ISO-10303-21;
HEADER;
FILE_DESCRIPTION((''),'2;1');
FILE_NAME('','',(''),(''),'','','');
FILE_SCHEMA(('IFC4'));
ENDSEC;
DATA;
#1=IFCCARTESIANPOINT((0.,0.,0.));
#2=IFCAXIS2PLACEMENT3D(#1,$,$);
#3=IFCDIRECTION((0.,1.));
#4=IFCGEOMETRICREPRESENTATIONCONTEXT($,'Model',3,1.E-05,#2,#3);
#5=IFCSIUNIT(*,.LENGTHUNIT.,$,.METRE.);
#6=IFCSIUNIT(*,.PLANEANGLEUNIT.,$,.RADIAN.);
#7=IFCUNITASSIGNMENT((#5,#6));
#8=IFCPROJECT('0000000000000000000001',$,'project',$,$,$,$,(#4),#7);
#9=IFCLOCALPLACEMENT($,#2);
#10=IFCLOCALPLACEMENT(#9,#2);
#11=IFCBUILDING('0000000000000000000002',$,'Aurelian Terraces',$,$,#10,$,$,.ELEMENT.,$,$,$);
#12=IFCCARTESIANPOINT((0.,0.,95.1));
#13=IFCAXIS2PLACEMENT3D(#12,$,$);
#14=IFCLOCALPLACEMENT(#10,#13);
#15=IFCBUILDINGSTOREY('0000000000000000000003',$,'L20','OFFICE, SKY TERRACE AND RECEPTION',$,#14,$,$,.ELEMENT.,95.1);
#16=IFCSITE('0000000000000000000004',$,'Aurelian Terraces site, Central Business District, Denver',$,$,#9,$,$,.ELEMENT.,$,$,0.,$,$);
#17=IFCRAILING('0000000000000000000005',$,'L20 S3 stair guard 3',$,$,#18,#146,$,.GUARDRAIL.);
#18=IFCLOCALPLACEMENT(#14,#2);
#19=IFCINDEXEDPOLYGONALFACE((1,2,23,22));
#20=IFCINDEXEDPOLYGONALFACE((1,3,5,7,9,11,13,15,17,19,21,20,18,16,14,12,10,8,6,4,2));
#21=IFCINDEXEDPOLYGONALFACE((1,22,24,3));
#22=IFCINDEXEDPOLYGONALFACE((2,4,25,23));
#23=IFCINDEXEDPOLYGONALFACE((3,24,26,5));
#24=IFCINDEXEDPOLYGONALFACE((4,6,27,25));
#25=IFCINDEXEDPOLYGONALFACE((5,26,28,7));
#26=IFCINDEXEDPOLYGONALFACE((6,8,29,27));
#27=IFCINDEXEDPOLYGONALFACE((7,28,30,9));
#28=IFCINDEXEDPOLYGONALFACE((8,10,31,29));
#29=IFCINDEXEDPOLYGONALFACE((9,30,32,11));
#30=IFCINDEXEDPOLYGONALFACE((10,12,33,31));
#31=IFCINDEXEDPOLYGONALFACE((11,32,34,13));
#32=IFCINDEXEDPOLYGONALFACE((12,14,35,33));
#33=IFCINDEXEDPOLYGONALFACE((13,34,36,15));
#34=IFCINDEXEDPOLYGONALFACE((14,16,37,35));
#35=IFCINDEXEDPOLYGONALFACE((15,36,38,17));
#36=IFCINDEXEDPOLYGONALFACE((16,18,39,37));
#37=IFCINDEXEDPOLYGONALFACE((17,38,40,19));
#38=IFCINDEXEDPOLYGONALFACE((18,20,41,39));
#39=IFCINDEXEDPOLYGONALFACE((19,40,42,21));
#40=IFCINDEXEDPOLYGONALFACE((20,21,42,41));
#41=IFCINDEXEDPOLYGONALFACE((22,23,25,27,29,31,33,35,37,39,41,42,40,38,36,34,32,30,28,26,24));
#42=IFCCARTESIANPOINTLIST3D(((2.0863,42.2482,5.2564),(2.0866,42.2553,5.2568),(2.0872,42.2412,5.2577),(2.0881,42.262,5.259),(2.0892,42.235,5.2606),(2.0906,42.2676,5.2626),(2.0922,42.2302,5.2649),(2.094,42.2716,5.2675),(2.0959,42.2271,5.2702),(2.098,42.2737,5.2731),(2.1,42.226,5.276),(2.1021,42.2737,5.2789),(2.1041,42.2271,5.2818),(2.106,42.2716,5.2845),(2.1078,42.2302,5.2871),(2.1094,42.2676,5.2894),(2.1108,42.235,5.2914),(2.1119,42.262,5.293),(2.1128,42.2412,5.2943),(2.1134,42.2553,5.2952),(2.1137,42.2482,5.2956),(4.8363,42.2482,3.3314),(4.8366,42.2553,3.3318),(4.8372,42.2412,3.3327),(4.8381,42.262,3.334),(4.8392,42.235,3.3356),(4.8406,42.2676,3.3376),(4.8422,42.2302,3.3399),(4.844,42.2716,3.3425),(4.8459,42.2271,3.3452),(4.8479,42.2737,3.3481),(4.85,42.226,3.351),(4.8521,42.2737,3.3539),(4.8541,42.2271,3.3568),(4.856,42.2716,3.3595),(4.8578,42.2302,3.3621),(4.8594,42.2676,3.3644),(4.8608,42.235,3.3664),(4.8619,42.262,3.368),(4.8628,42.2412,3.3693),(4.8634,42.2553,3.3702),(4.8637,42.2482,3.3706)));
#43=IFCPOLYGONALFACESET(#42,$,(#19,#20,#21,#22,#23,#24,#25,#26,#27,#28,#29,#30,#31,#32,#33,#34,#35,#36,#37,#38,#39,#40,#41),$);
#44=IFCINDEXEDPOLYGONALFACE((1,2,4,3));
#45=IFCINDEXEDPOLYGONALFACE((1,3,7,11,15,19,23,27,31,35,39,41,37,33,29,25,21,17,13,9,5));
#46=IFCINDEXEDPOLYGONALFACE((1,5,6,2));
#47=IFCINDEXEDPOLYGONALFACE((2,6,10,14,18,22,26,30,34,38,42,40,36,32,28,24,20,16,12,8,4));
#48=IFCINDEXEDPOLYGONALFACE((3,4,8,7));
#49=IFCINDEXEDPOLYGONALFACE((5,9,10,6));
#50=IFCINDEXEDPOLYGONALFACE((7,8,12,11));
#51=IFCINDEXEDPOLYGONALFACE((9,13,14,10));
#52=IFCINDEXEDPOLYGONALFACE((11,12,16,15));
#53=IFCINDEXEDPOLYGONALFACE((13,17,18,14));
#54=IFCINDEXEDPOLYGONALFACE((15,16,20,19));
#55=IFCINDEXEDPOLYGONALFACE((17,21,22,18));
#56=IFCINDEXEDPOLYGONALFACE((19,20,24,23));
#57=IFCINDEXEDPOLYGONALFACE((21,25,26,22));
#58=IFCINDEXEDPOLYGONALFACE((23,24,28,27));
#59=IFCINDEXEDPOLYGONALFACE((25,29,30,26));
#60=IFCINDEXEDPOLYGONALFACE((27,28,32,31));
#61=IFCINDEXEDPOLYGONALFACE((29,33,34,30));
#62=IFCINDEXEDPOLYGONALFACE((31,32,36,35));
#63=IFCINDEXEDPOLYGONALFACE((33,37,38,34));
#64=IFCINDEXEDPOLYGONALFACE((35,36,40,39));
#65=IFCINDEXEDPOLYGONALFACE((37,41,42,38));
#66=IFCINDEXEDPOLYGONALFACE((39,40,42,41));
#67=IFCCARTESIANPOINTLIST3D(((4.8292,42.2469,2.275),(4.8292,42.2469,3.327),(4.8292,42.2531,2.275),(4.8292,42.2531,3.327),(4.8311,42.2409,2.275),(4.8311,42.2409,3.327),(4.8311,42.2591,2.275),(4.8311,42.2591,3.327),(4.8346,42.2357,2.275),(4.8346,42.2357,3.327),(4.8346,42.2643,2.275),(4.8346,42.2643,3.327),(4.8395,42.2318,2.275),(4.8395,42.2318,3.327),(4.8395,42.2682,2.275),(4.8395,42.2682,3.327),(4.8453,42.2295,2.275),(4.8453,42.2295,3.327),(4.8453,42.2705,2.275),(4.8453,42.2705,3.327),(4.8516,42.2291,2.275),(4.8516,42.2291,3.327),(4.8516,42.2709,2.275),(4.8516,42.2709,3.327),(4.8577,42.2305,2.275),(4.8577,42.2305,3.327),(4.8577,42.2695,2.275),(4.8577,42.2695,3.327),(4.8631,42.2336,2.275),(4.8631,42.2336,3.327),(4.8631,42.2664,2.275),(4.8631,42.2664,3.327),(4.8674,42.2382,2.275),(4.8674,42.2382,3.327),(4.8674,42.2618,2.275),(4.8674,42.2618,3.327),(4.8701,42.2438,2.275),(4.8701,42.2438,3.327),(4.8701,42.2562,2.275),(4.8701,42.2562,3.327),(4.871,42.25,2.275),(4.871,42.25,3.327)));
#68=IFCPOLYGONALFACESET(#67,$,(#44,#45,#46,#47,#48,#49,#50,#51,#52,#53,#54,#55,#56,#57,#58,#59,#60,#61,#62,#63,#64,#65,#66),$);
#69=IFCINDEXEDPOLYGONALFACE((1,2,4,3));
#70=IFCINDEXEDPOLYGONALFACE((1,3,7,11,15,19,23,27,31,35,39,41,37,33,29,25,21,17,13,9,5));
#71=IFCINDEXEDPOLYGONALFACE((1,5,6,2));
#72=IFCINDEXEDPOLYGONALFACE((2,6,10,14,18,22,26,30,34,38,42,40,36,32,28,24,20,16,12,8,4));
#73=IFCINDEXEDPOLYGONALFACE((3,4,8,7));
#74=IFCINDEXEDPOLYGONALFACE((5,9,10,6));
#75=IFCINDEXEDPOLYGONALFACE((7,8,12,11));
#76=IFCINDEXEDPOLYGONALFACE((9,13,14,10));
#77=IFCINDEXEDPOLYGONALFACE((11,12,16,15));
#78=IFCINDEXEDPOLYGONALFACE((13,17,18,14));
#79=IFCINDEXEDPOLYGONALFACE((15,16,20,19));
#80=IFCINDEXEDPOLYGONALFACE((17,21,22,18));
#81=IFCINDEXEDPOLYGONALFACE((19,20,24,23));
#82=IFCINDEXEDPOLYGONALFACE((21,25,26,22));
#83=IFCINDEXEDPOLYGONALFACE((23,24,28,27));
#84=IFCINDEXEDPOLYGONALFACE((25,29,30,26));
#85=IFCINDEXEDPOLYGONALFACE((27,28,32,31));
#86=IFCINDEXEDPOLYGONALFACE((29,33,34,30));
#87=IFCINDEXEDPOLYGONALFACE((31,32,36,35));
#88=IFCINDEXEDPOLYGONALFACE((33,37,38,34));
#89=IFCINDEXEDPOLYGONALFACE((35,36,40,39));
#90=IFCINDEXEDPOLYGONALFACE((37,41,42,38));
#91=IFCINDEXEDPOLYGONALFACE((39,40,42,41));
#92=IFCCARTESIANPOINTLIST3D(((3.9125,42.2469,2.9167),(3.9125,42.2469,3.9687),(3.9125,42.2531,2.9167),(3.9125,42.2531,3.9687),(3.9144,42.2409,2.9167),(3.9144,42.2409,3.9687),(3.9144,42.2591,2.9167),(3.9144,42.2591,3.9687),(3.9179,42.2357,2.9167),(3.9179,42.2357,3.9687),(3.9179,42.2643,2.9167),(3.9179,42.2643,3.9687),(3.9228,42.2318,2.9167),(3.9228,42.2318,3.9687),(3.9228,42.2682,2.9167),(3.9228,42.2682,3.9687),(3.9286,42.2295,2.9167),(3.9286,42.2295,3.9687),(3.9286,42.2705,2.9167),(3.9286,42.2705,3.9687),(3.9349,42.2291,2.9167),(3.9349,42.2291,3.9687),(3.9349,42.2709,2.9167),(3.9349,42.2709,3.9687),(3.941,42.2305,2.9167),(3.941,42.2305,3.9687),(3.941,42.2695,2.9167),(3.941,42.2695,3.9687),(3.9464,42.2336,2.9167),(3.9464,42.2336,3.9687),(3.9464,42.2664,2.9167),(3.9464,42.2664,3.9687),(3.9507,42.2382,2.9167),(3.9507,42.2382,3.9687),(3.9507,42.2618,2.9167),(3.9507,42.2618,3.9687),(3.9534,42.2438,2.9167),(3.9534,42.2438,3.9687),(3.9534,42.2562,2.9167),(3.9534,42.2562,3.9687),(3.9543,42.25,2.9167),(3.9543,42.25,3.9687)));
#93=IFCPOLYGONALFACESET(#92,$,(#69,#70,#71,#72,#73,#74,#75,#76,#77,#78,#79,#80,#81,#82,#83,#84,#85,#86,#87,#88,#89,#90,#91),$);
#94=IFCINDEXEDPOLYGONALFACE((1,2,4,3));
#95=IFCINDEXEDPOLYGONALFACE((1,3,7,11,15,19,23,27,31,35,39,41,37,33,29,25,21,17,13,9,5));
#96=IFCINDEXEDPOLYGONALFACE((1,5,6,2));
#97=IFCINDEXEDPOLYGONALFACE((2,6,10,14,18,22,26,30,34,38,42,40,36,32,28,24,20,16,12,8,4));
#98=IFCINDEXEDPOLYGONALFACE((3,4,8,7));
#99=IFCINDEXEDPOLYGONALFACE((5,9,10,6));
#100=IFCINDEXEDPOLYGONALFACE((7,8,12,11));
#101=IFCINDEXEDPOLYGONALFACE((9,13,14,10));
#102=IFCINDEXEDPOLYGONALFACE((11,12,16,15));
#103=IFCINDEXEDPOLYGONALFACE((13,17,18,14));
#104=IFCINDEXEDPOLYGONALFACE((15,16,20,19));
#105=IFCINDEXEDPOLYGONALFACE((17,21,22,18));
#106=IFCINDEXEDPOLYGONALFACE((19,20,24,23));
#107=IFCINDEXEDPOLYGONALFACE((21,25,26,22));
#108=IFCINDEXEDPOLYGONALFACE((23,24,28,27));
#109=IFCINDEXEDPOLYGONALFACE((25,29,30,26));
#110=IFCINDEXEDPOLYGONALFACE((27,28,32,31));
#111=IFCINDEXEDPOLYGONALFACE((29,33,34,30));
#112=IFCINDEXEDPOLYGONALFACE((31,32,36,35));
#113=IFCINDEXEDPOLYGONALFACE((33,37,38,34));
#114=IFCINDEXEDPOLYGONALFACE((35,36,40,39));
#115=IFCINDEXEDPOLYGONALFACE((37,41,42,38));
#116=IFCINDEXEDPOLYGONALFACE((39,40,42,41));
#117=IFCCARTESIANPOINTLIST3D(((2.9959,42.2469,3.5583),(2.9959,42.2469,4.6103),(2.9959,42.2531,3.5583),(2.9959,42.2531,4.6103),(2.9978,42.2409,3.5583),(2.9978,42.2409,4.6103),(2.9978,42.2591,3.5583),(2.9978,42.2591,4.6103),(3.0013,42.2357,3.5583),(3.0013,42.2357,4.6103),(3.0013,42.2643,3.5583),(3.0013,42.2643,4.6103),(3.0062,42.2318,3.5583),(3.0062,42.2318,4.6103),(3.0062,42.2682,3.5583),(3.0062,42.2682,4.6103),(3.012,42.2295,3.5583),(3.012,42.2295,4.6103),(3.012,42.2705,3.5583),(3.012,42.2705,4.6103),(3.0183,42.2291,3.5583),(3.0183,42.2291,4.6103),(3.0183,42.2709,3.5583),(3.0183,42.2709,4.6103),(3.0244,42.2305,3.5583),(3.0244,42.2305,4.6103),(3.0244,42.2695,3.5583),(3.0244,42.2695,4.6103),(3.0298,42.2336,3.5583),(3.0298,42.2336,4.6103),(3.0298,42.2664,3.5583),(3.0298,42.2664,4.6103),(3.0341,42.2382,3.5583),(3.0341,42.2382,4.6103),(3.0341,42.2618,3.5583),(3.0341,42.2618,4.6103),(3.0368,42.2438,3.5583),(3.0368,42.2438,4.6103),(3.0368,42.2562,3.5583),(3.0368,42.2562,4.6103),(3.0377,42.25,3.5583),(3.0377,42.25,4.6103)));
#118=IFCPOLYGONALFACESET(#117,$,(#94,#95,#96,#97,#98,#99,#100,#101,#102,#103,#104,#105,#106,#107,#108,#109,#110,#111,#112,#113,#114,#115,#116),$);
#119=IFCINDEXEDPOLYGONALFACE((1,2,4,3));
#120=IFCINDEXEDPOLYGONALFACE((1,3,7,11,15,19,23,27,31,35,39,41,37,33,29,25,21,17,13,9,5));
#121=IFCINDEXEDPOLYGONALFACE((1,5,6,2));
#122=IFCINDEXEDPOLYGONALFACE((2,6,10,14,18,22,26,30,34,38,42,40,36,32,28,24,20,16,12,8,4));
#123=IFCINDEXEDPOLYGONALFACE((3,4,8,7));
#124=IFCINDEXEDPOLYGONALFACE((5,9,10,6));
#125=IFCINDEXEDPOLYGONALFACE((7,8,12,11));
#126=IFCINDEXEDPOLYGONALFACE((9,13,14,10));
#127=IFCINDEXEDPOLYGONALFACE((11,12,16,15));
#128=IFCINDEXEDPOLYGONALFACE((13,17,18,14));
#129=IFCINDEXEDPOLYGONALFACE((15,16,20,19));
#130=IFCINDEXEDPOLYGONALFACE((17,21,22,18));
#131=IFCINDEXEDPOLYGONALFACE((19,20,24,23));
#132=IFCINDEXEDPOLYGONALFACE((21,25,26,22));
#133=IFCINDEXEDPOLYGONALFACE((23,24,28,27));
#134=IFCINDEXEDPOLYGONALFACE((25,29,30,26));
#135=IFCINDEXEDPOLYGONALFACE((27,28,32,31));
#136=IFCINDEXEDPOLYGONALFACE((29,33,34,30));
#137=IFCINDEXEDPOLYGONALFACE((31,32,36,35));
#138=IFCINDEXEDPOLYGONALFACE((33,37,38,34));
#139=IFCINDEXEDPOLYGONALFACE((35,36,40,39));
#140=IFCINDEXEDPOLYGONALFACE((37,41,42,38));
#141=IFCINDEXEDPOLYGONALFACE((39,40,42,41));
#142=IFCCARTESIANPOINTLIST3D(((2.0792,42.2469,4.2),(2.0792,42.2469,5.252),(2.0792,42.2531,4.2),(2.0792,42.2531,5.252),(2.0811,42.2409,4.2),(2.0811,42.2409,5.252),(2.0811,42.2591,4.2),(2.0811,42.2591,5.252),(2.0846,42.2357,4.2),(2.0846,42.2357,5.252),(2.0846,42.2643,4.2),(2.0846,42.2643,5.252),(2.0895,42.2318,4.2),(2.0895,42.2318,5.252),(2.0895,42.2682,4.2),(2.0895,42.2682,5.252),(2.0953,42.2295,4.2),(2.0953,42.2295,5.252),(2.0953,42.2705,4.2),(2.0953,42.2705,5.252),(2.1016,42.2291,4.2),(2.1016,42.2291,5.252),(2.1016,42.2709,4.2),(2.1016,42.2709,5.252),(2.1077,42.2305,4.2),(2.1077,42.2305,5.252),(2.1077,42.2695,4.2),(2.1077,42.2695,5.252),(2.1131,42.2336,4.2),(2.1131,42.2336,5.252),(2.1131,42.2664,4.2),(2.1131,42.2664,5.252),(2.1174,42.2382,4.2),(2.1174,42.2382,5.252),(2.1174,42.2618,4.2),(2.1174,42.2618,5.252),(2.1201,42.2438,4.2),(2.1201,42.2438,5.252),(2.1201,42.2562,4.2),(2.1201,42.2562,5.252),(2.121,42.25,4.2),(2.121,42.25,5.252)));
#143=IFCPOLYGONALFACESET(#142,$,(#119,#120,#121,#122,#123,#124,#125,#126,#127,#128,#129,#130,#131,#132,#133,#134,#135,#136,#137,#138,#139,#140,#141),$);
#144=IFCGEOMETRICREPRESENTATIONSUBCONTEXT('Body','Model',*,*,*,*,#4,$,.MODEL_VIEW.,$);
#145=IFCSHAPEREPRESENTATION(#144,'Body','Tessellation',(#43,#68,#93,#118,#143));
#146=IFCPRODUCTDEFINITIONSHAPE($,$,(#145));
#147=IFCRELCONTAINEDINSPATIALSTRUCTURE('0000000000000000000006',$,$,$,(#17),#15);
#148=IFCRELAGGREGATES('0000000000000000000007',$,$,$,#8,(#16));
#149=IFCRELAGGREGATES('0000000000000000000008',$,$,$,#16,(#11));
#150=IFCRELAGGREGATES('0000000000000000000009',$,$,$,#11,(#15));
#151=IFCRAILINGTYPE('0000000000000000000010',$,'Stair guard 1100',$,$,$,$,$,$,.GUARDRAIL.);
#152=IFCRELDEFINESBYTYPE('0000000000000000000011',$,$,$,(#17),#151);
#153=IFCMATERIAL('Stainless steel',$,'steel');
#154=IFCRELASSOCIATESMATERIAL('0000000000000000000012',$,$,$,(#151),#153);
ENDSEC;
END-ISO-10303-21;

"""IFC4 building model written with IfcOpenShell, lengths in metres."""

from ifc_helpers import new_model, si_unit, direction, frame, origin, origin_2d, place, context, subcontext, project, spatial, circle, extrude, source, transform, mapped, material, type_object, element, save


model = new_model("IFC4")

# Units and contexts
model_context = context("Model", 3, precision=1e-05, world=origin(), true_north=direction((0.0, 1.0)))
body_context = subcontext(model_context, "Body", "Model", "MODEL_VIEW")
ifc_project = project(units=[si_unit("LENGTHUNIT", "METRE"), si_unit("PLANEANGLEUNIT", "RADIAN")], contexts=[model_context])

# Site, building, storey
site_placement = place(None, origin())
site = spatial("IfcSite", under=ifc_project, at=site_placement, Name="Aurelian Terraces site, Central Business District, Denver", CompositionType="ELEMENT", RefElevation=0.0)
building_placement = place(site_placement, origin())
building = spatial("IfcBuilding", under=site, at=building_placement, Name="Aurelian Terraces", CompositionType="ELEMENT")
storey_placement = place(building_placement, frame((0.0, 0.0, 95.1)))
storey = spatial("IfcBuildingStorey", under=building, at=storey_placement, Name="L20", Description="OFFICE, SKY TERRACE AND RECEPTION", CompositionType="ELEMENT", Elevation=95.1)

# Railing
ifc_material_1 = material(Name="Stainless steel", Category="steel")
railing_type_1 = type_object("IfcRailingType", Name="Stair guard 1100", PredefinedType="GUARDRAIL", material=ifc_material_1)
shared_shape_1 = source(origin(), body_context, "Body", "SweptSolid", [
    extrude(circle(Radius=0.024, at=origin_2d()), frame((0.0, 0.0, 1.076), z_axis=(-0.819232, 0.0, 0.573462), x_axis=(0.0, -1.0, 0.0)), (0.0, 0.0, 1.0), 3.3568),
    extrude(circle(Radius=0.021, at=origin_2d()), origin(), (0.0, 0.0, 1.0), 1.052),
    extrude(circle(Radius=0.021, at=origin_2d()), frame((-0.9167, 0.0, 0.6417)), (0.0, 0.0, 1.0), 1.052),
    extrude(circle(Radius=0.021, at=origin_2d()), frame((-1.8333, 0.0, 1.2833)), (0.0, 0.0, 1.0), 1.052),
    extrude(circle(Radius=0.021, at=origin_2d()), frame((-2.75, 0.0, 1.925)), (0.0, 0.0, 1.0), 1.052),
])
railing_1_placement = place(storey_placement, frame((4.85, 42.25, 2.275)))
element("IfcRailing", 1, at=railing_1_placement, inside=storey, type_object=railing_type_1, Name="L20 S3 stair guard 3", PredefinedType="GUARDRAIL", context=body_context, shape_type="MappedRepresentation", body=[
    mapped(shared_shape_1, transform((0.0, 0.0, 0.0), scale=1.0)),
])

save(model, "model.ifc")
